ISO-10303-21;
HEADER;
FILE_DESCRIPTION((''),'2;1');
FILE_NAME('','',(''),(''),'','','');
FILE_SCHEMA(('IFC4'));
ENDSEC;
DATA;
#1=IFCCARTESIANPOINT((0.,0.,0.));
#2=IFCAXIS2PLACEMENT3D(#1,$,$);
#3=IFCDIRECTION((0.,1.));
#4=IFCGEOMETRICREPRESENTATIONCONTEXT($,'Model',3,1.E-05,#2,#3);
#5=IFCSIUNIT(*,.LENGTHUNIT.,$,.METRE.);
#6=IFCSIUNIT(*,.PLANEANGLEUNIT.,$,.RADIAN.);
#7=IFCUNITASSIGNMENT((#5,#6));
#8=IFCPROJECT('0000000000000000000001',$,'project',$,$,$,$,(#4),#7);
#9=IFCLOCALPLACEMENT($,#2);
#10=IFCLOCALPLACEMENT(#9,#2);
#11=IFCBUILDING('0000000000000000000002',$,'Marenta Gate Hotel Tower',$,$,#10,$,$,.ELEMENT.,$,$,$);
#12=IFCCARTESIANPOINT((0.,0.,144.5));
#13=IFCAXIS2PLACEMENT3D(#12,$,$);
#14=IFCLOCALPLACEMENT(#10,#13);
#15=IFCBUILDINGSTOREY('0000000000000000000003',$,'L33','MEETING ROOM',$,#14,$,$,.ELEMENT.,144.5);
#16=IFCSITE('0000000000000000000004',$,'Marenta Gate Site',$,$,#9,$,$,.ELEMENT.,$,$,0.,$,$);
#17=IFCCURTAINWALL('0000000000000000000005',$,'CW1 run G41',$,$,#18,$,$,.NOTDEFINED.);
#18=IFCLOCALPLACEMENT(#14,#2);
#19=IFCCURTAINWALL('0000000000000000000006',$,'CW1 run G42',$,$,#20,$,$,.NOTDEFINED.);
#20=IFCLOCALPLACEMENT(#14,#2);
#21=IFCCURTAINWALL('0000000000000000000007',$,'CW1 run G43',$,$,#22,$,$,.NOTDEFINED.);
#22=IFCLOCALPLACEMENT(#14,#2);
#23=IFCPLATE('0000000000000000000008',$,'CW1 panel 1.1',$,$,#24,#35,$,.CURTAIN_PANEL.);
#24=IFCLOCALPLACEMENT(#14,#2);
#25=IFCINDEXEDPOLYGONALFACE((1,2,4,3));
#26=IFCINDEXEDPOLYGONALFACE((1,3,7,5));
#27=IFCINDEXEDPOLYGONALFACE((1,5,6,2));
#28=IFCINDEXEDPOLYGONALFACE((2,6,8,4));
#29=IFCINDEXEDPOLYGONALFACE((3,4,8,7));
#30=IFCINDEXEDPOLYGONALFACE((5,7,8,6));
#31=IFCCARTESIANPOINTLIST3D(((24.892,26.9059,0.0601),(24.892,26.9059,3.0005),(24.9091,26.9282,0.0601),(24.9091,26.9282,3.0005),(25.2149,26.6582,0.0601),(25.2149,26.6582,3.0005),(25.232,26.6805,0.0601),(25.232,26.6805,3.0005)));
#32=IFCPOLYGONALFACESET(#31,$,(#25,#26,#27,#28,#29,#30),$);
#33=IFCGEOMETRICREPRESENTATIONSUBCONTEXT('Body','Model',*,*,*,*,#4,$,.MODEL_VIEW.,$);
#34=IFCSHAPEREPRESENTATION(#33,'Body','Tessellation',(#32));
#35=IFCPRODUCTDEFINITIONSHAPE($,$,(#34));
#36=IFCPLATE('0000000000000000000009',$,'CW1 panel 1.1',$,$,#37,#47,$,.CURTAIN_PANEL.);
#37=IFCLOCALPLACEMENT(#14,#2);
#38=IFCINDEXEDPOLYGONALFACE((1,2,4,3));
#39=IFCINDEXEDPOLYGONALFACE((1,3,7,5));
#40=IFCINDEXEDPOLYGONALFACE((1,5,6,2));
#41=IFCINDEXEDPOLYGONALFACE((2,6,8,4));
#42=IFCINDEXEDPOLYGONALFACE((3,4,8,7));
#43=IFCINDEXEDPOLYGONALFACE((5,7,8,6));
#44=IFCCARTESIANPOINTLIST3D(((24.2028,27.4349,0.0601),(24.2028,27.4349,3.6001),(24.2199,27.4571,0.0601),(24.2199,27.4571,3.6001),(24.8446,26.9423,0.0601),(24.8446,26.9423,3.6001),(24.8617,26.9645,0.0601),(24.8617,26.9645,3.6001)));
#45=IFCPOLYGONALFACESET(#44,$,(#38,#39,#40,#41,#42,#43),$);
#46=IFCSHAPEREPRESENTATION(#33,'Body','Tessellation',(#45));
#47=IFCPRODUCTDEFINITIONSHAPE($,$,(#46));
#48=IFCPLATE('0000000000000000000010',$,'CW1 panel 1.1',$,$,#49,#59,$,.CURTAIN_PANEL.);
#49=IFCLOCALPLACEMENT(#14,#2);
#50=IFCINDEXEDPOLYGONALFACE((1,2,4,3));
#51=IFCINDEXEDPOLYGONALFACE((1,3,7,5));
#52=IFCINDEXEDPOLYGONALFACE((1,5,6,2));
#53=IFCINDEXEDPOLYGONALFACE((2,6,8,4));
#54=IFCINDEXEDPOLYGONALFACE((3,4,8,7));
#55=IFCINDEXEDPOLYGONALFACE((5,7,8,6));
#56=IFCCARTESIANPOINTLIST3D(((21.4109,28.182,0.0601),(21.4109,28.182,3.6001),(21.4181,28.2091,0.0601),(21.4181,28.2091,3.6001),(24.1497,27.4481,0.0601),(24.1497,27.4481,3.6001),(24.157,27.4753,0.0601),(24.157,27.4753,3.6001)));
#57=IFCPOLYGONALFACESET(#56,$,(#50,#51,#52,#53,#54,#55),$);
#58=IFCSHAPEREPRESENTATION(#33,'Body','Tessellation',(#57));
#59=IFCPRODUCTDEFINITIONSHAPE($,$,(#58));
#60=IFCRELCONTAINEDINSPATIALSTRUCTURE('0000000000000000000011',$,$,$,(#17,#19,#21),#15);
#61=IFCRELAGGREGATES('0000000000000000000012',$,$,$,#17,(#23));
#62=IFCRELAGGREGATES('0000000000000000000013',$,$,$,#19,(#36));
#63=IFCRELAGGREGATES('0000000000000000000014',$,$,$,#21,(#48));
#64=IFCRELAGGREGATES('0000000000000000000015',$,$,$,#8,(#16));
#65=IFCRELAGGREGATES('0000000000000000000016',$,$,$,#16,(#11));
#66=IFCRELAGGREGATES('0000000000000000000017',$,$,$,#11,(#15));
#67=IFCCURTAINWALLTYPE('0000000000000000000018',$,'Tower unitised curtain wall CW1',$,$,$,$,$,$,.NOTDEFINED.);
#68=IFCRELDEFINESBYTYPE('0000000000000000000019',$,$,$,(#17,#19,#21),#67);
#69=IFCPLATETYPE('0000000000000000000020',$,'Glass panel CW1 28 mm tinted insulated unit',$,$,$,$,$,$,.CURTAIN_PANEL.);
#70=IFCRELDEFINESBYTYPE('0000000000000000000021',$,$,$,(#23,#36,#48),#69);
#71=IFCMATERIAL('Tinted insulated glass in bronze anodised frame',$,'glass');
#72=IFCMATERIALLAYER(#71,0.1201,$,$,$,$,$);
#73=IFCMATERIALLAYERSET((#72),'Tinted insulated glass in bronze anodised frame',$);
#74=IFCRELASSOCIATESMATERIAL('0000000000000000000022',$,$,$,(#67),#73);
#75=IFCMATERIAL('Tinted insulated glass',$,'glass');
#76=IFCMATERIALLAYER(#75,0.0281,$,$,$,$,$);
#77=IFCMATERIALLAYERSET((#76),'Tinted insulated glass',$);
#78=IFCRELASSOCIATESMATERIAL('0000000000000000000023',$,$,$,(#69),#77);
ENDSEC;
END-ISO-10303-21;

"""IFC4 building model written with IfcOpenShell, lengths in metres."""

from ifc_helpers import new_model, si_unit, direction, frame, origin, origin_2d, place, context, subcontext, project, spatial, rectangle, extrude, material, layer, layer_set, type_object, element, aggregate, save


model = new_model("IFC4")

# Units and contexts
model_context = context("Model", 3, precision=1e-05, world=origin(), true_north=direction((0.0, 1.0)))
body_context = subcontext(model_context, "Body", "Model", "MODEL_VIEW")
ifc_project = project(units=[si_unit("LENGTHUNIT", "METRE"), si_unit("PLANEANGLEUNIT", "RADIAN")], contexts=[model_context])

# Site, building, storey
site_placement = place(None, origin())
site = spatial("IfcSite", under=ifc_project, at=site_placement, Name="Marenta Gate Site", CompositionType="ELEMENT", RefElevation=0.0)
building_placement = place(site_placement, origin())
building = spatial("IfcBuilding", under=site, at=building_placement, Name="Marenta Gate Hotel Tower", CompositionType="ELEMENT")
storey_placement = place(building_placement, frame((0.0, 0.0, 144.5)))
storey = spatial("IfcBuildingStorey", under=building, at=storey_placement, Name="L33", Description="MEETING ROOM", CompositionType="ELEMENT", Elevation=144.5)

# Curtain walls
ifc_material_1 = material(Name="Tinted insulated glass in bronze anodised frame", Category="glass")
ifc_layer_1 = layer(ifc_material_1, 0.1201)
ifc_layer_set_1 = layer_set([ifc_layer_1], Name="Tinted insulated glass in bronze anodised frame")
curtain_wall_type = type_object("IfcCurtainWallType", Name="Tower unitised curtain wall CW1", PredefinedType="NOTDEFINED", material=ifc_layer_set_1)
curtain_wall_1_placement = place(storey_placement, origin())
curtain_wall_1 = element("IfcCurtainWall", 1, at=curtain_wall_1_placement, inside=storey, type_object=curtain_wall_type, Name="CW1 run G41", PredefinedType="NOTDEFINED")
curtain_wall_2_placement = place(storey_placement, origin())
curtain_wall_2 = element("IfcCurtainWall", 2, at=curtain_wall_2_placement, inside=storey, type_object=curtain_wall_type, Name="CW1 run G42", PredefinedType="NOTDEFINED")
curtain_wall_3_placement = place(storey_placement, origin())
curtain_wall_3 = element("IfcCurtainWall", 3, at=curtain_wall_3_placement, inside=storey, type_object=curtain_wall_type, Name="CW1 run G43", PredefinedType="NOTDEFINED")

# Plates
ifc_material_2 = material(Name="Tinted insulated glass", Category="glass")
ifc_layer_2 = layer(ifc_material_2, 0.0281)
ifc_layer_set_2 = layer_set([ifc_layer_2], Name="Tinted insulated glass")
plate_type = type_object("IfcPlateType", Name="Glass panel CW1 28 mm tinted insulated unit", PredefinedType="CURTAIN_PANEL", material=ifc_layer_set_2)
plate_1_placement = place(storey_placement, frame((25.062, 26.7932, 0.0601), z_axis=(0.0, 0.0, 1.0), x_axis=(-0.793372, 0.608737, 0.0)))
plate_1 = element("IfcPlate", 4, at=plate_1_placement, type_object=plate_type, Name="CW1 panel 1.1", PredefinedType="CURTAIN_PANEL", context=body_context, shape_type="SweptSolid", body=[
    extrude(rectangle(XDim=0.407, YDim=0.0281, at=origin_2d()), origin(), (0.0, 0.0, 1.0), 2.9404),
])
aggregate(curtain_wall_1, [plate_1])
plate_2_placement = place(storey_placement, frame((24.5322, 27.1997, 0.0601), z_axis=(0.0, 0.0, 1.0), x_axis=(-0.793295, 0.608837, 0.0)))
plate_2 = element("IfcPlate", 5, at=plate_2_placement, type_object=plate_type, Name="CW1 panel 1.1", PredefinedType="CURTAIN_PANEL", context=body_context, shape_type="SweptSolid", body=[
    extrude(rectangle(XDim=0.8091, YDim=0.0281, at=origin_2d()), origin(), (0.0, 0.0, 1.0), 3.54),
])
aggregate(curtain_wall_2, [plate_2])
plate_3_placement = place(storey_placement, frame((22.7839, 27.8286, 0.0601), z_axis=(0.0, 0.0, 1.0), x_axis=(-0.965929, 0.258806, 0.0)))
plate_3 = element("IfcPlate", 6, at=plate_3_placement, type_object=plate_type, Name="CW1 panel 1.1", PredefinedType="CURTAIN_PANEL", context=body_context, shape_type="SweptSolid", body=[
    extrude(rectangle(XDim=2.8354, YDim=0.0281, at=origin_2d()), origin(), (0.0, 0.0, 1.0), 3.54),
])
aggregate(curtain_wall_3, [plate_3])

save(model, "model.ifc")
